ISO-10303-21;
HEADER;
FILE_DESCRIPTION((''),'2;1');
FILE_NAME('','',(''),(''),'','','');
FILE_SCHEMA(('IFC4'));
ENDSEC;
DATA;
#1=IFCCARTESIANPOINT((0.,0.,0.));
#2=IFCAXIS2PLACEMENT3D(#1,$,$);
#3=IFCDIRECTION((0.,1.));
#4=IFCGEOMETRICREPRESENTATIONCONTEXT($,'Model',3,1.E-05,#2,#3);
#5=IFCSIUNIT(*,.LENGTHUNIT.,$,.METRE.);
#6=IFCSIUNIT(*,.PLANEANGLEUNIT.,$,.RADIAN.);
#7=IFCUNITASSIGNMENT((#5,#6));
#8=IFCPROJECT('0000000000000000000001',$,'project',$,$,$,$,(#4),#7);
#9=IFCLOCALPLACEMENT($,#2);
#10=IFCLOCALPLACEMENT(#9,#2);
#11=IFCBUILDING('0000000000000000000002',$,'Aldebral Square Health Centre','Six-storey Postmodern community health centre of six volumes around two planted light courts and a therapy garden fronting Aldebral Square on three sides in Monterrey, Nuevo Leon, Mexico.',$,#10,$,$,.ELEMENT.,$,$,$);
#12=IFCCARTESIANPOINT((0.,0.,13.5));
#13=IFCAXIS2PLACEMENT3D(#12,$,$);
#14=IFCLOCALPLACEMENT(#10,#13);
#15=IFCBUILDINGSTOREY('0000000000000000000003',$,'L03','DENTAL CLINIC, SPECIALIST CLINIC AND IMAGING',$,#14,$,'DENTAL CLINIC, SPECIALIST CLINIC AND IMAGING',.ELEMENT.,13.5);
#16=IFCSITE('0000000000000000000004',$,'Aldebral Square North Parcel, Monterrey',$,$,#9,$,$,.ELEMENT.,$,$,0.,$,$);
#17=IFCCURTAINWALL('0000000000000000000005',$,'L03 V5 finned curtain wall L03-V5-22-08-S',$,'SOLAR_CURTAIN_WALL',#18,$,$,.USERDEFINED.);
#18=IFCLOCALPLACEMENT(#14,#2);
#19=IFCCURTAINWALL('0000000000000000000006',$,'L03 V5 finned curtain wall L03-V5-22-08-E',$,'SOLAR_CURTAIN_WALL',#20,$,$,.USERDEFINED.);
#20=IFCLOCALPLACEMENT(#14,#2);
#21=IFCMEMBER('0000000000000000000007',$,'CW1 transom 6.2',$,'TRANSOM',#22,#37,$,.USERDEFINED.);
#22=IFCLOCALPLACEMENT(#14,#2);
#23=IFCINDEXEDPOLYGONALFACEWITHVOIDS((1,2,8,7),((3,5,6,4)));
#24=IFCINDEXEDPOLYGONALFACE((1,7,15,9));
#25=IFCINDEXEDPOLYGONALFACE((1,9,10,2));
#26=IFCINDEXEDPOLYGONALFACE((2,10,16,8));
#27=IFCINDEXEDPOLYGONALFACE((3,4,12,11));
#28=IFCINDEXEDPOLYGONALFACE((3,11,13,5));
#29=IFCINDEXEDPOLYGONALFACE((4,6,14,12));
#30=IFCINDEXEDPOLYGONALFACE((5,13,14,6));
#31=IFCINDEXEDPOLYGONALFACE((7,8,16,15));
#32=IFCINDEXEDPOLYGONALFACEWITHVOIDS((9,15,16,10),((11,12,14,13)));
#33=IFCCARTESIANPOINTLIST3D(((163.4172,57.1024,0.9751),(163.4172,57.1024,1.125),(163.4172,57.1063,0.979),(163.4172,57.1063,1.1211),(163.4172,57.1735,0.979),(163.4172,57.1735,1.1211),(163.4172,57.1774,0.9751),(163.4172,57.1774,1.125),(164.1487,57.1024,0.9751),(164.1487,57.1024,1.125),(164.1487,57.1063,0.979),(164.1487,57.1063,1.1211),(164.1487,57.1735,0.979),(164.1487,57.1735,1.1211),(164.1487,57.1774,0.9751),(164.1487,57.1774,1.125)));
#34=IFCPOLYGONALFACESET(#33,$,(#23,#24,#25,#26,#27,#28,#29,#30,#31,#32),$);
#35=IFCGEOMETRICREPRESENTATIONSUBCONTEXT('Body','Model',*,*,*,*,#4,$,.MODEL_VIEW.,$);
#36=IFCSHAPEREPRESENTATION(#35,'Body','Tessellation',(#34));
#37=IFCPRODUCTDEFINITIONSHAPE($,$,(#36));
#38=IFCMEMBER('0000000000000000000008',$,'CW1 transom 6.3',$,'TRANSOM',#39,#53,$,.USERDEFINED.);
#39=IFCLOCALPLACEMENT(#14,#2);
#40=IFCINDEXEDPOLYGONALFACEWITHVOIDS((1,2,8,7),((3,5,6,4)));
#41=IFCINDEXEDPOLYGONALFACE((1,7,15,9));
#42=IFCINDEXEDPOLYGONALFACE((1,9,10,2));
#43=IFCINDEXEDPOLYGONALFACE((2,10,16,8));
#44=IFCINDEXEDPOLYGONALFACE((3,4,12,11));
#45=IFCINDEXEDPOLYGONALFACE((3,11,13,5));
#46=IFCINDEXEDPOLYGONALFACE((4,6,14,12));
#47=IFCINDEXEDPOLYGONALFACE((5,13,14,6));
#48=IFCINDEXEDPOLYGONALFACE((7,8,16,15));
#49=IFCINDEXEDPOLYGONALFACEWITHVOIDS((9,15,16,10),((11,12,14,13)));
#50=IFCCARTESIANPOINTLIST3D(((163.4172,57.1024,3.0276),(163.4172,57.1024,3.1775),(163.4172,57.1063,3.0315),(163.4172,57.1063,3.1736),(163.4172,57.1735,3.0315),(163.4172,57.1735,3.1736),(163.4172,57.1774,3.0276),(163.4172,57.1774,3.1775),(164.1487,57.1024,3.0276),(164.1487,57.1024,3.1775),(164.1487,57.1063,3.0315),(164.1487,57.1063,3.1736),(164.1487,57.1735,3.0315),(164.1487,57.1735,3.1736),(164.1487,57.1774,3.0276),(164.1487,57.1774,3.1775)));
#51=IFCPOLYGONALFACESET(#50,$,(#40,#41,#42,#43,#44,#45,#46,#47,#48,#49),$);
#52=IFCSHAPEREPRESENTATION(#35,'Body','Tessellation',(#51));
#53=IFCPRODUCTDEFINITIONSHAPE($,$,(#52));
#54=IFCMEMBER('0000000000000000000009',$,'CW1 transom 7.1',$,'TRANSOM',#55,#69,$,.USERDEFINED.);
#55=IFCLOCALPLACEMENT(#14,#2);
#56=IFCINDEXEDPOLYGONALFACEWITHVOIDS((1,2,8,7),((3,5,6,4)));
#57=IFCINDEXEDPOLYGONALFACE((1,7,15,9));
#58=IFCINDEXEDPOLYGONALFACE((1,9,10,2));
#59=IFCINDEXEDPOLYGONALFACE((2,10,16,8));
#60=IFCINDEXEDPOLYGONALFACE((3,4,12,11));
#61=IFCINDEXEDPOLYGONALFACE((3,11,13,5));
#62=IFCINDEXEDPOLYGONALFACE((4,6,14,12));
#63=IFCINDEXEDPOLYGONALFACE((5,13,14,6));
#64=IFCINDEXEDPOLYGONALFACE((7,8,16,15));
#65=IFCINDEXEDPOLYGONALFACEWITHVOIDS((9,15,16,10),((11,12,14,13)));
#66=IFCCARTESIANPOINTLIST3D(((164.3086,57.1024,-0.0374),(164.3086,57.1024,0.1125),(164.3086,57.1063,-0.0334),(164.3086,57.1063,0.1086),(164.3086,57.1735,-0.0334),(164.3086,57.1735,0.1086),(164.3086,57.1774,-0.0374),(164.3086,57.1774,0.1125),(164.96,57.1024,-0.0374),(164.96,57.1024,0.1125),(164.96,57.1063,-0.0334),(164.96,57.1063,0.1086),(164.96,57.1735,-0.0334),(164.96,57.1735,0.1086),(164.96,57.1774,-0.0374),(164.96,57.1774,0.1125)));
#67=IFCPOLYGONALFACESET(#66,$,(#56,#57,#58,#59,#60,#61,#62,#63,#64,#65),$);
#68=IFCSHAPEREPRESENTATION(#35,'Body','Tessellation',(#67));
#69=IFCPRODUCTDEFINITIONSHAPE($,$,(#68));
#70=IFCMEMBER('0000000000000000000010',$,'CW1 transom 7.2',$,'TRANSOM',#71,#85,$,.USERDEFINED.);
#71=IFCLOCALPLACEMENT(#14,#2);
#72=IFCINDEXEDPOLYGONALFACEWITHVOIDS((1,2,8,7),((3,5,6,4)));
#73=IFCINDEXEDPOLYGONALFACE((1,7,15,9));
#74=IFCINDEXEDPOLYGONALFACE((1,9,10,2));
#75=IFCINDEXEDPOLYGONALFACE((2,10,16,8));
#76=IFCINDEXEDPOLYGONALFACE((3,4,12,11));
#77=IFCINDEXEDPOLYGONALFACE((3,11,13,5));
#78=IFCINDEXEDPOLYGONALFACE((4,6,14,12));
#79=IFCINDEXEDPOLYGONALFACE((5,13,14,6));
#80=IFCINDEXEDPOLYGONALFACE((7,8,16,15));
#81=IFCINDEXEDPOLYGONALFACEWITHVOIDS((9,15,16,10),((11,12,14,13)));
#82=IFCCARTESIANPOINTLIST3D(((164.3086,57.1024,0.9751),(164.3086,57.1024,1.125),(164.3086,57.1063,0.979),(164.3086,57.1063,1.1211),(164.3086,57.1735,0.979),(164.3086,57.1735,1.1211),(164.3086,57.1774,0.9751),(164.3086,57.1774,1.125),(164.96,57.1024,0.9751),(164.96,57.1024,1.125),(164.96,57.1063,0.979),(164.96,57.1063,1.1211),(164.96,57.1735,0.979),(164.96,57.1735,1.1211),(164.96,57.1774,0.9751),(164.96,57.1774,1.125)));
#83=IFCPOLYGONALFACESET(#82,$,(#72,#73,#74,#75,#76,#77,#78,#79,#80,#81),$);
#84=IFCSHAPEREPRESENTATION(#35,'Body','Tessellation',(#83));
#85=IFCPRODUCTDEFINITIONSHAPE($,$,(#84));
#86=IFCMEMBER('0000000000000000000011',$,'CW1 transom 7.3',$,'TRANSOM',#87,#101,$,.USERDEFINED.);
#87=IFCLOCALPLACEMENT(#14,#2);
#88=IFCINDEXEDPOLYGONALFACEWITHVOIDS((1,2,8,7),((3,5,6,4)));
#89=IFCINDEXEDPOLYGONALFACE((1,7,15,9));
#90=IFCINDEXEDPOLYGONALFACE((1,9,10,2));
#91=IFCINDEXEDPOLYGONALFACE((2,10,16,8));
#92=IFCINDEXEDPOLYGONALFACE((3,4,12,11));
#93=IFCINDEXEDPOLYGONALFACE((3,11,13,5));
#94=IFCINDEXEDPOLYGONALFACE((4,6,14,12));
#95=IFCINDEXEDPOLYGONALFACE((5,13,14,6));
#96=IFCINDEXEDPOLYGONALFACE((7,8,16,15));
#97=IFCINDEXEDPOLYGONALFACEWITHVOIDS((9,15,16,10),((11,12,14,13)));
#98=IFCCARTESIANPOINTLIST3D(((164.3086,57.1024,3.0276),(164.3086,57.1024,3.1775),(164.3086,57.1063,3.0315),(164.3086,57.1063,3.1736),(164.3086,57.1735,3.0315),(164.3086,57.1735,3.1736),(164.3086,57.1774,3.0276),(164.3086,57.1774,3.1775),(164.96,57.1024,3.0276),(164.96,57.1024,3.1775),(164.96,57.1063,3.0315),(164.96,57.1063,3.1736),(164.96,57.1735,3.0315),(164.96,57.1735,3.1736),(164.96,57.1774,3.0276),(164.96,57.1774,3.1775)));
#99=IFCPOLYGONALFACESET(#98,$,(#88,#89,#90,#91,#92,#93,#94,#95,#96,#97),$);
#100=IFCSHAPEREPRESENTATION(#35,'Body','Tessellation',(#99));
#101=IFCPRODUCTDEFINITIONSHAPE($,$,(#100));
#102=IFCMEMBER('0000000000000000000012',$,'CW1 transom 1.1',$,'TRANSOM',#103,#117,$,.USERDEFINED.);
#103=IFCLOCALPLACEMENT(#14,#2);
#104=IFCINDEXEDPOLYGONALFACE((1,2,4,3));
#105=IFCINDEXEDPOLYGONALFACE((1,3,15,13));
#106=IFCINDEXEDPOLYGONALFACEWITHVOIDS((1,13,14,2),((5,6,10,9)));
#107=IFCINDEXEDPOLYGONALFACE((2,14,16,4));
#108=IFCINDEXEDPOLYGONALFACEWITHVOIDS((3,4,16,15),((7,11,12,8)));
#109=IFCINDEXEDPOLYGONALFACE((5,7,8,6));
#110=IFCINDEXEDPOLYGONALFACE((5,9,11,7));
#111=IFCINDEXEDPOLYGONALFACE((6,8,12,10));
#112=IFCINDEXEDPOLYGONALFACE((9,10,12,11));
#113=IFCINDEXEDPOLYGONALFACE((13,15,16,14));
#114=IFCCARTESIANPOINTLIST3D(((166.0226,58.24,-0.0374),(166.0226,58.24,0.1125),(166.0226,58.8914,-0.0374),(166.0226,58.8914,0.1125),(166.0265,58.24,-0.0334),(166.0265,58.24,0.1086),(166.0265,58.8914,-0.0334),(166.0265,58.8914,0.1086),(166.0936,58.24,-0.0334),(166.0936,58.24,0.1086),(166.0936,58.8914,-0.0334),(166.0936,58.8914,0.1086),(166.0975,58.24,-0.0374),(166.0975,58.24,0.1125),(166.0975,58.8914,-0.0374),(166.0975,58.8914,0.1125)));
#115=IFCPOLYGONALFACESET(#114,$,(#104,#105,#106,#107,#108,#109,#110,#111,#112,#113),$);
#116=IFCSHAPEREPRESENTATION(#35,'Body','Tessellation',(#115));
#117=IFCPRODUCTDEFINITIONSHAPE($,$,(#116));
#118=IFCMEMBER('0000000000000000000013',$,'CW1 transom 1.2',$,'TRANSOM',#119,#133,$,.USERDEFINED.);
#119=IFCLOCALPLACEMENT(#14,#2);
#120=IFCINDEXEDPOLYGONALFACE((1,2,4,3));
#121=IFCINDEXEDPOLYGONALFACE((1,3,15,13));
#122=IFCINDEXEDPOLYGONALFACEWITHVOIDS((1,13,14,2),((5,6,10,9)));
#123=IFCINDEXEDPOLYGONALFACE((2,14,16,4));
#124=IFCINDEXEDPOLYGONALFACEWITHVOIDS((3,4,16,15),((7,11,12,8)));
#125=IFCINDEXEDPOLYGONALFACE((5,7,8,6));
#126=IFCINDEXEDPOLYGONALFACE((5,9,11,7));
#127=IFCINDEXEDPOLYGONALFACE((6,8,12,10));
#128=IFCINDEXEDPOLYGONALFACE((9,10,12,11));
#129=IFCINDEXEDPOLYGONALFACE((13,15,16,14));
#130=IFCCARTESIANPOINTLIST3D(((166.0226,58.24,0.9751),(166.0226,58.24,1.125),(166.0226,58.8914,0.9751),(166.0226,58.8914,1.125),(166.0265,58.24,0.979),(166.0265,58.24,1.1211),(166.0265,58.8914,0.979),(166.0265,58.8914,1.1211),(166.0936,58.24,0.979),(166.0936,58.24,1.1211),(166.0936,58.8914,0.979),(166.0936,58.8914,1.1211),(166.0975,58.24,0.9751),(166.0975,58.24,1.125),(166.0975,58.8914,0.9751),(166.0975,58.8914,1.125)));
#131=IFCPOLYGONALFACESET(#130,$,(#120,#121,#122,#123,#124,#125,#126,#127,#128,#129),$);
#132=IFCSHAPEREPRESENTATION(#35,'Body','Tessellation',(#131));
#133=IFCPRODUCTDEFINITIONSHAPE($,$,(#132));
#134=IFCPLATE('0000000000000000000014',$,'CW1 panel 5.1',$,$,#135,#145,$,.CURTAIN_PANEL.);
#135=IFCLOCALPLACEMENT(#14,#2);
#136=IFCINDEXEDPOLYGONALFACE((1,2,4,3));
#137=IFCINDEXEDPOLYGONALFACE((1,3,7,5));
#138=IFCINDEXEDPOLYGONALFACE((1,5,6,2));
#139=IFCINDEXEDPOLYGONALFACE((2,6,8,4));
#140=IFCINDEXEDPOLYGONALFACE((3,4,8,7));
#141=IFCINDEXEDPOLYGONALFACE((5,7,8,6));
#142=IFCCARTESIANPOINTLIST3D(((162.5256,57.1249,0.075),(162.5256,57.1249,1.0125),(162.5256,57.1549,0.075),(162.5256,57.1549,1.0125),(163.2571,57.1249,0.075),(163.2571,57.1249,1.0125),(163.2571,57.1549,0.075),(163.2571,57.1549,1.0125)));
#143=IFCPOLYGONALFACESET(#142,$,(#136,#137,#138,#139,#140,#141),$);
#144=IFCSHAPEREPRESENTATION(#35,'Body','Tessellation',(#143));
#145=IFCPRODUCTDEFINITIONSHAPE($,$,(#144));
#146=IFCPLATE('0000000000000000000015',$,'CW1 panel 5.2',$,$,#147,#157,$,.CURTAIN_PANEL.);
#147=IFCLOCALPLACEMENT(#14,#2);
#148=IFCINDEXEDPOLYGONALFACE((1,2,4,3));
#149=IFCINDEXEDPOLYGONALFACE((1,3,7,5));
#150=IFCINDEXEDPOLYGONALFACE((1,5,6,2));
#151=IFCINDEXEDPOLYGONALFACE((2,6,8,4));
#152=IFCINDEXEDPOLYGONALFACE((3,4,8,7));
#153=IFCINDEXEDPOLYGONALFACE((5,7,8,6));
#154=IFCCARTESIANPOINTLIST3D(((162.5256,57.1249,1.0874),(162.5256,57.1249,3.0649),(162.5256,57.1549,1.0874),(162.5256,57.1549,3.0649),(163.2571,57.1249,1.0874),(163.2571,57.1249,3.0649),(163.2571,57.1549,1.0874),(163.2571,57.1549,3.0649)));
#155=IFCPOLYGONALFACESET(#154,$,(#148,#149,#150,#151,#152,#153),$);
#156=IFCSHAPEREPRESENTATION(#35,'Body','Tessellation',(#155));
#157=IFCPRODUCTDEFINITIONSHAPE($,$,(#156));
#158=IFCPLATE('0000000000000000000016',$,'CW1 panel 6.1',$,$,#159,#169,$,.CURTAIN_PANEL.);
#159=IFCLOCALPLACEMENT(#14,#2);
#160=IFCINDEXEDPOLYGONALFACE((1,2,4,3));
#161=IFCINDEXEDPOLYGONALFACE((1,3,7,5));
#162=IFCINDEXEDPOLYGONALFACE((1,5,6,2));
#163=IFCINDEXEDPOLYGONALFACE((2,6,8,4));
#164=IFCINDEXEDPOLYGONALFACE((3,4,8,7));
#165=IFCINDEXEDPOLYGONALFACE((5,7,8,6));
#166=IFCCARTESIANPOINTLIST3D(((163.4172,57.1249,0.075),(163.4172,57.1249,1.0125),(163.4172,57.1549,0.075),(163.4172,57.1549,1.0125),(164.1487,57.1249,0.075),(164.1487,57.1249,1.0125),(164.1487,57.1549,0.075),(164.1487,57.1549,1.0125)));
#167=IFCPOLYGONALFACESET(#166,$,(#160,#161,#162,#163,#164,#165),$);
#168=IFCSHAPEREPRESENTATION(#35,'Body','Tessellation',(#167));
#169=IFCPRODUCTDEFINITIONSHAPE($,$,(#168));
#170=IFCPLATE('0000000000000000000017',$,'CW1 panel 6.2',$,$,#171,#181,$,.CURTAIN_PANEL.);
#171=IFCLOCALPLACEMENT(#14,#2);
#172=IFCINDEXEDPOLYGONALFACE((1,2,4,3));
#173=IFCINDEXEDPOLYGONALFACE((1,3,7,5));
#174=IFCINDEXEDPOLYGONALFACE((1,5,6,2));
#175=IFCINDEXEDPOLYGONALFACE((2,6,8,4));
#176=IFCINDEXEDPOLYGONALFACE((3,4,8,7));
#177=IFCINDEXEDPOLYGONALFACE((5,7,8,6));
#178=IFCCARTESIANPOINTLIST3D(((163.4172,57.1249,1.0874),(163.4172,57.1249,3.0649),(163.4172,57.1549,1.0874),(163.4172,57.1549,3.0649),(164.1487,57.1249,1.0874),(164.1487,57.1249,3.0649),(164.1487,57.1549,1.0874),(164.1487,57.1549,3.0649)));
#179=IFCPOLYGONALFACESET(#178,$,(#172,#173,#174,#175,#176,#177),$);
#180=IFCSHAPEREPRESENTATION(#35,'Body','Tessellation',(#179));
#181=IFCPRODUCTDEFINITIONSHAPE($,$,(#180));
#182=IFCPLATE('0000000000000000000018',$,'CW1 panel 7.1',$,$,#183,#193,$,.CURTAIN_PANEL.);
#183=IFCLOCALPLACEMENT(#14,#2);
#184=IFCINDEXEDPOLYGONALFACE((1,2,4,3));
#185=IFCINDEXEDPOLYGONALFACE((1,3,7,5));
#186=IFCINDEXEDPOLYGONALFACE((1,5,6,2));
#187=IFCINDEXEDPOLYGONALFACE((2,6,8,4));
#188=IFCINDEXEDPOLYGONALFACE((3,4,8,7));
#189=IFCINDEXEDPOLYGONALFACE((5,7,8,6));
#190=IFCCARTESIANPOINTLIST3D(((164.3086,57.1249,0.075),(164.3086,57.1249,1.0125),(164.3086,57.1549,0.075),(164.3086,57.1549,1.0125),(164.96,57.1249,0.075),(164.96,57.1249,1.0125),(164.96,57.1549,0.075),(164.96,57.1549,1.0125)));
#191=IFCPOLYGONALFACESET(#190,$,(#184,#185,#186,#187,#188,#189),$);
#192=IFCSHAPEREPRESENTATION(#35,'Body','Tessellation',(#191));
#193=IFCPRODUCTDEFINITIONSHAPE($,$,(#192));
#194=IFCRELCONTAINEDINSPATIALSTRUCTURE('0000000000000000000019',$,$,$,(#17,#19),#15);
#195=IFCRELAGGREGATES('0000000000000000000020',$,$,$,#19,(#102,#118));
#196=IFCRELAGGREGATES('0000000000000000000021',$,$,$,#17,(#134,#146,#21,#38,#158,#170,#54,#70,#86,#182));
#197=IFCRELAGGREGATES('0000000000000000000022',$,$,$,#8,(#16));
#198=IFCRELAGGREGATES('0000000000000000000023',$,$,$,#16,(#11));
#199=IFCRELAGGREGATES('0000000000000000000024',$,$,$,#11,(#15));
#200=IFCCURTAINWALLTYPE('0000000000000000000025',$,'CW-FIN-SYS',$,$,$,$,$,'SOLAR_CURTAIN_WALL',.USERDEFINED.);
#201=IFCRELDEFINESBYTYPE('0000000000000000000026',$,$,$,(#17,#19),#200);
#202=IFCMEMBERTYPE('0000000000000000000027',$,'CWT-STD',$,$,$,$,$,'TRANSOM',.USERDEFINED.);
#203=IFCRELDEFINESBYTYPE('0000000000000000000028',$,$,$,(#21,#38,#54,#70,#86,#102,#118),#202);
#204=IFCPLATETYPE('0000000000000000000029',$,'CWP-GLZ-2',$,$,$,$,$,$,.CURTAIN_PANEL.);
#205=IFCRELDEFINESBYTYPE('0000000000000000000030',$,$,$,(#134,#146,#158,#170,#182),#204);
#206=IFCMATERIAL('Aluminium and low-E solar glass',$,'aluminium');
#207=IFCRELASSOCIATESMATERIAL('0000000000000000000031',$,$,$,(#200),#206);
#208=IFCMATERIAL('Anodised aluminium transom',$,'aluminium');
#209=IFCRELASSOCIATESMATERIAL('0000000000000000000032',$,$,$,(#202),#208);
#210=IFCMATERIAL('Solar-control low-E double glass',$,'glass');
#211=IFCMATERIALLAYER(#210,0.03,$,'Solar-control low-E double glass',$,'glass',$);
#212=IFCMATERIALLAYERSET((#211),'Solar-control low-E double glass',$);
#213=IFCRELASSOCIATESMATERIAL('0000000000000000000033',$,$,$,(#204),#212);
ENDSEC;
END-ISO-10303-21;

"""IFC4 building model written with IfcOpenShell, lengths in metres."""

from ifc_helpers import new_model, si_unit, direction, frame, origin, origin_2d, place, context, subcontext, project, spatial, rectangle, hollow_rectangle, extrude, material, layer, layer_set, material_profile, profile_set, type_object, element, aggregate, save


model = new_model("IFC4")

# Units and contexts
model_context = context("Model", 3, precision=1e-05, world=origin(), true_north=direction((0.0, 1.0)))
body_context = subcontext(model_context, "Body", "Model", "MODEL_VIEW")
ifc_project = project(units=[si_unit("LENGTHUNIT", "METRE"), si_unit("PLANEANGLEUNIT", "RADIAN")], contexts=[model_context])

# Site, building, storey
site_placement = place(None, origin())
site = spatial("IfcSite", under=ifc_project, at=site_placement, Name="Aldebral Square North Parcel, Monterrey", CompositionType="ELEMENT", RefElevation=0.0)
building_placement = place(site_placement, origin())
building = spatial("IfcBuilding", under=site, at=building_placement, Name="Aldebral Square Health Centre", Description="Six-storey Postmodern community health centre of six volumes around two planted light courts and a therapy garden fronting Aldebral Square on three sides in Monterrey, Nuevo Leon, Mexico.", CompositionType="ELEMENT")
storey_placement = place(building_placement, frame((0.0, 0.0, 13.5)))
storey = spatial("IfcBuildingStorey", under=building, at=storey_placement, Name="L03", Description="DENTAL CLINIC, SPECIALIST CLINIC AND IMAGING", LongName="DENTAL CLINIC, SPECIALIST CLINIC AND IMAGING", CompositionType="ELEMENT", Elevation=13.5)

# Curtain wall
ifc_material_1 = material(Name="Aluminium and low-E solar glass", Category="aluminium")
curtain_wall_type = type_object("IfcCurtainWallType", Name="CW-FIN-SYS", ElementType="SOLAR_CURTAIN_WALL", PredefinedType="USERDEFINED", material=ifc_material_1)
curtain_wall_1_placement = place(storey_placement, origin())
curtain_wall_1 = element("IfcCurtainWall", 1, at=curtain_wall_1_placement, inside=storey, type_object=curtain_wall_type, Name="L03 V5 finned curtain wall L03-V5-22-08-S", ObjectType="SOLAR_CURTAIN_WALL", PredefinedType="USERDEFINED")

# Curtain wall
curtain_wall_2_placement = place(storey_placement, origin())
curtain_wall_2 = element("IfcCurtainWall", 2, at=curtain_wall_2_placement, inside=storey, type_object=curtain_wall_type, Name="L03 V5 finned curtain wall L03-V5-22-08-E", ObjectType="SOLAR_CURTAIN_WALL", PredefinedType="USERDEFINED")

# Members
ifc_material_2 = material(Name="Anodised aluminium transom", Category="aluminium")
ifc_material_profile_1 = material_profile(ifc_material_2, hollow_rectangle(XDim=0.075, YDim=0.1499, WallThickness=0.0039, at=origin_2d()), Name="CWT 75x150x4")
ifc_profile_set_1 = profile_set([ifc_material_profile_1], Name="Anodised aluminium transom")
member_type_1 = type_object("IfcMemberType", Name="CWT-STD", ElementType="TRANSOM", PredefinedType="USERDEFINED", material=ifc_profile_set_1)
member_1_placement = place(storey_placement, frame((163.4172, 57.1399, 1.05), z_axis=(1.0, 0.0, 0.0), x_axis=(0.0, 1.0, 0.0)))
member_1 = element("IfcMember", 3, at=member_1_placement, type_object=member_type_1, Name="CW1 transom 6.2", ObjectType="TRANSOM", PredefinedType="USERDEFINED", context=body_context, shape_type="SweptSolid", body=[
    extrude(hollow_rectangle(XDim=0.075, YDim=0.1499, WallThickness=0.0039, at=origin_2d()), origin(), (0.0, 0.0, 1.0), 0.7314),
])
member_2_placement = place(storey_placement, frame((163.4172, 57.1399, 3.1025), z_axis=(1.0, 0.0, 0.0), x_axis=(0.0, 1.0, 0.0)))
member_2 = element("IfcMember", 4, at=member_2_placement, type_object=member_type_1, Name="CW1 transom 6.3", ObjectType="TRANSOM", PredefinedType="USERDEFINED", context=body_context, shape_type="SweptSolid", body=[
    extrude(hollow_rectangle(XDim=0.075, YDim=0.1499, WallThickness=0.0039, at=origin_2d()), origin(), (0.0, 0.0, 1.0), 0.7314),
])
member_3_placement = place(storey_placement, frame((164.3086, 57.1399, 0.0376), z_axis=(1.0, 0.0, 0.0), x_axis=(0.0, 1.0, 0.0)))
member_3 = element("IfcMember", 5, at=member_3_placement, type_object=member_type_1, Name="CW1 transom 7.1", ObjectType="TRANSOM", PredefinedType="USERDEFINED", context=body_context, shape_type="SweptSolid", body=[
    extrude(hollow_rectangle(XDim=0.075, YDim=0.1499, WallThickness=0.0039, at=origin_2d()), origin(), (0.0, 0.0, 1.0), 0.6514),
])
member_4_placement = place(storey_placement, frame((164.3086, 57.1399, 1.05), z_axis=(1.0, 0.0, 0.0), x_axis=(0.0, 1.0, 0.0)))
member_4 = element("IfcMember", 6, at=member_4_placement, type_object=member_type_1, Name="CW1 transom 7.2", ObjectType="TRANSOM", PredefinedType="USERDEFINED", context=body_context, shape_type="SweptSolid", body=[
    extrude(hollow_rectangle(XDim=0.075, YDim=0.1499, WallThickness=0.0039, at=origin_2d()), origin(), (0.0, 0.0, 1.0), 0.6514),
])
member_5_placement = place(storey_placement, frame((164.3086, 57.1399, 3.1025), z_axis=(1.0, 0.0, 0.0), x_axis=(0.0, 1.0, 0.0)))
member_5 = element("IfcMember", 7, at=member_5_placement, type_object=member_type_1, Name="CW1 transom 7.3", ObjectType="TRANSOM", PredefinedType="USERDEFINED", context=body_context, shape_type="SweptSolid", body=[
    extrude(hollow_rectangle(XDim=0.075, YDim=0.1499, WallThickness=0.0039, at=origin_2d()), origin(), (0.0, 0.0, 1.0), 0.6514),
])
member_6_placement = place(storey_placement, frame((166.0601, 58.24, 0.0376), z_axis=(0.0, 1.0, 0.0), x_axis=(-1.0, 0.0, 0.0)))
member_6 = element("IfcMember", 8, at=member_6_placement, type_object=member_type_1, Name="CW1 transom 1.1", ObjectType="TRANSOM", PredefinedType="USERDEFINED", context=body_context, shape_type="SweptSolid", body=[
    extrude(hollow_rectangle(XDim=0.075, YDim=0.1499, WallThickness=0.0039, at=origin_2d()), origin(), (0.0, 0.0, 1.0), 0.6514),
])
member_7_placement = place(storey_placement, frame((166.0601, 58.24, 1.05), z_axis=(0.0, 1.0, 0.0), x_axis=(-1.0, 0.0, 0.0)))
member_7 = element("IfcMember", 9, at=member_7_placement, type_object=member_type_1, Name="CW1 transom 1.2", ObjectType="TRANSOM", PredefinedType="USERDEFINED", context=body_context, shape_type="SweptSolid", body=[
    extrude(hollow_rectangle(XDim=0.075, YDim=0.1499, WallThickness=0.0039, at=origin_2d()), origin(), (0.0, 0.0, 1.0), 0.6514),
])
aggregate(curtain_wall_2, [member_6, member_7])

# Plates
ifc_material_3 = material(Name="Solar-control low-E double glass", Category="glass")
ifc_layer_1 = layer(ifc_material_3, 0.03, Name="Solar-control low-E double glass", Category="glass")
ifc_layer_set_1 = layer_set([ifc_layer_1], Name="Solar-control low-E double glass")
plate_type = type_object("IfcPlateType", Name="CWP-GLZ-2", PredefinedType="CURTAIN_PANEL", material=ifc_layer_set_1)
plate_1_placement = place(storey_placement, frame((162.8914, 57.1399, 0.075), z_axis=(0.0, 0.0, 1.0), x_axis=(1.0, 0.0, 0.0)))
plate_1 = element("IfcPlate", 10, at=plate_1_placement, type_object=plate_type, Name="CW1 panel 5.1", PredefinedType="CURTAIN_PANEL", context=body_context, shape_type="SweptSolid", body=[
    extrude(rectangle(XDim=0.7314, YDim=0.03, at=origin_2d()), origin(), (0.0, 0.0, 1.0), 0.9375),
])
plate_2_placement = place(storey_placement, frame((162.8914, 57.1399, 1.0874), z_axis=(0.0, 0.0, 1.0), x_axis=(1.0, 0.0, 0.0)))
plate_2 = element("IfcPlate", 11, at=plate_2_placement, type_object=plate_type, Name="CW1 panel 5.2", PredefinedType="CURTAIN_PANEL", context=body_context, shape_type="SweptSolid", body=[
    extrude(rectangle(XDim=0.7314, YDim=0.03, at=origin_2d()), origin(), (0.0, 0.0, 1.0), 1.9775),
])
plate_3_placement = place(storey_placement, frame((163.783, 57.1399, 0.075), z_axis=(0.0, 0.0, 1.0), x_axis=(1.0, 0.0, 0.0)))
plate_3 = element("IfcPlate", 12, at=plate_3_placement, type_object=plate_type, Name="CW1 panel 6.1", PredefinedType="CURTAIN_PANEL", context=body_context, shape_type="SweptSolid", body=[
    extrude(rectangle(XDim=0.7314, YDim=0.03, at=origin_2d()), origin(), (0.0, 0.0, 1.0), 0.9375),
])
plate_4_placement = place(storey_placement, frame((163.783, 57.1399, 1.0874), z_axis=(0.0, 0.0, 1.0), x_axis=(1.0, 0.0, 0.0)))
plate_4 = element("IfcPlate", 13, at=plate_4_placement, type_object=plate_type, Name="CW1 panel 6.2", PredefinedType="CURTAIN_PANEL", context=body_context, shape_type="SweptSolid", body=[
    extrude(rectangle(XDim=0.7314, YDim=0.03, at=origin_2d()), origin(), (0.0, 0.0, 1.0), 1.9775),
])
plate_5_placement = place(storey_placement, frame((164.6343, 57.1399, 0.075), z_axis=(0.0, 0.0, 1.0), x_axis=(1.0, 0.0, 0.0)))
plate_5 = element("IfcPlate", 14, at=plate_5_placement, type_object=plate_type, Name="CW1 panel 7.1", PredefinedType="CURTAIN_PANEL", context=body_context, shape_type="SweptSolid", body=[
    extrude(rectangle(XDim=0.6514, YDim=0.03, at=origin_2d()), origin(), (0.0, 0.0, 1.0), 0.9375),
])
aggregate(curtain_wall_1, [plate_1, plate_2, member_1, member_2, plate_3, plate_4, member_3, member_4, member_5, plate_5])

save(model, "model.ifc")
